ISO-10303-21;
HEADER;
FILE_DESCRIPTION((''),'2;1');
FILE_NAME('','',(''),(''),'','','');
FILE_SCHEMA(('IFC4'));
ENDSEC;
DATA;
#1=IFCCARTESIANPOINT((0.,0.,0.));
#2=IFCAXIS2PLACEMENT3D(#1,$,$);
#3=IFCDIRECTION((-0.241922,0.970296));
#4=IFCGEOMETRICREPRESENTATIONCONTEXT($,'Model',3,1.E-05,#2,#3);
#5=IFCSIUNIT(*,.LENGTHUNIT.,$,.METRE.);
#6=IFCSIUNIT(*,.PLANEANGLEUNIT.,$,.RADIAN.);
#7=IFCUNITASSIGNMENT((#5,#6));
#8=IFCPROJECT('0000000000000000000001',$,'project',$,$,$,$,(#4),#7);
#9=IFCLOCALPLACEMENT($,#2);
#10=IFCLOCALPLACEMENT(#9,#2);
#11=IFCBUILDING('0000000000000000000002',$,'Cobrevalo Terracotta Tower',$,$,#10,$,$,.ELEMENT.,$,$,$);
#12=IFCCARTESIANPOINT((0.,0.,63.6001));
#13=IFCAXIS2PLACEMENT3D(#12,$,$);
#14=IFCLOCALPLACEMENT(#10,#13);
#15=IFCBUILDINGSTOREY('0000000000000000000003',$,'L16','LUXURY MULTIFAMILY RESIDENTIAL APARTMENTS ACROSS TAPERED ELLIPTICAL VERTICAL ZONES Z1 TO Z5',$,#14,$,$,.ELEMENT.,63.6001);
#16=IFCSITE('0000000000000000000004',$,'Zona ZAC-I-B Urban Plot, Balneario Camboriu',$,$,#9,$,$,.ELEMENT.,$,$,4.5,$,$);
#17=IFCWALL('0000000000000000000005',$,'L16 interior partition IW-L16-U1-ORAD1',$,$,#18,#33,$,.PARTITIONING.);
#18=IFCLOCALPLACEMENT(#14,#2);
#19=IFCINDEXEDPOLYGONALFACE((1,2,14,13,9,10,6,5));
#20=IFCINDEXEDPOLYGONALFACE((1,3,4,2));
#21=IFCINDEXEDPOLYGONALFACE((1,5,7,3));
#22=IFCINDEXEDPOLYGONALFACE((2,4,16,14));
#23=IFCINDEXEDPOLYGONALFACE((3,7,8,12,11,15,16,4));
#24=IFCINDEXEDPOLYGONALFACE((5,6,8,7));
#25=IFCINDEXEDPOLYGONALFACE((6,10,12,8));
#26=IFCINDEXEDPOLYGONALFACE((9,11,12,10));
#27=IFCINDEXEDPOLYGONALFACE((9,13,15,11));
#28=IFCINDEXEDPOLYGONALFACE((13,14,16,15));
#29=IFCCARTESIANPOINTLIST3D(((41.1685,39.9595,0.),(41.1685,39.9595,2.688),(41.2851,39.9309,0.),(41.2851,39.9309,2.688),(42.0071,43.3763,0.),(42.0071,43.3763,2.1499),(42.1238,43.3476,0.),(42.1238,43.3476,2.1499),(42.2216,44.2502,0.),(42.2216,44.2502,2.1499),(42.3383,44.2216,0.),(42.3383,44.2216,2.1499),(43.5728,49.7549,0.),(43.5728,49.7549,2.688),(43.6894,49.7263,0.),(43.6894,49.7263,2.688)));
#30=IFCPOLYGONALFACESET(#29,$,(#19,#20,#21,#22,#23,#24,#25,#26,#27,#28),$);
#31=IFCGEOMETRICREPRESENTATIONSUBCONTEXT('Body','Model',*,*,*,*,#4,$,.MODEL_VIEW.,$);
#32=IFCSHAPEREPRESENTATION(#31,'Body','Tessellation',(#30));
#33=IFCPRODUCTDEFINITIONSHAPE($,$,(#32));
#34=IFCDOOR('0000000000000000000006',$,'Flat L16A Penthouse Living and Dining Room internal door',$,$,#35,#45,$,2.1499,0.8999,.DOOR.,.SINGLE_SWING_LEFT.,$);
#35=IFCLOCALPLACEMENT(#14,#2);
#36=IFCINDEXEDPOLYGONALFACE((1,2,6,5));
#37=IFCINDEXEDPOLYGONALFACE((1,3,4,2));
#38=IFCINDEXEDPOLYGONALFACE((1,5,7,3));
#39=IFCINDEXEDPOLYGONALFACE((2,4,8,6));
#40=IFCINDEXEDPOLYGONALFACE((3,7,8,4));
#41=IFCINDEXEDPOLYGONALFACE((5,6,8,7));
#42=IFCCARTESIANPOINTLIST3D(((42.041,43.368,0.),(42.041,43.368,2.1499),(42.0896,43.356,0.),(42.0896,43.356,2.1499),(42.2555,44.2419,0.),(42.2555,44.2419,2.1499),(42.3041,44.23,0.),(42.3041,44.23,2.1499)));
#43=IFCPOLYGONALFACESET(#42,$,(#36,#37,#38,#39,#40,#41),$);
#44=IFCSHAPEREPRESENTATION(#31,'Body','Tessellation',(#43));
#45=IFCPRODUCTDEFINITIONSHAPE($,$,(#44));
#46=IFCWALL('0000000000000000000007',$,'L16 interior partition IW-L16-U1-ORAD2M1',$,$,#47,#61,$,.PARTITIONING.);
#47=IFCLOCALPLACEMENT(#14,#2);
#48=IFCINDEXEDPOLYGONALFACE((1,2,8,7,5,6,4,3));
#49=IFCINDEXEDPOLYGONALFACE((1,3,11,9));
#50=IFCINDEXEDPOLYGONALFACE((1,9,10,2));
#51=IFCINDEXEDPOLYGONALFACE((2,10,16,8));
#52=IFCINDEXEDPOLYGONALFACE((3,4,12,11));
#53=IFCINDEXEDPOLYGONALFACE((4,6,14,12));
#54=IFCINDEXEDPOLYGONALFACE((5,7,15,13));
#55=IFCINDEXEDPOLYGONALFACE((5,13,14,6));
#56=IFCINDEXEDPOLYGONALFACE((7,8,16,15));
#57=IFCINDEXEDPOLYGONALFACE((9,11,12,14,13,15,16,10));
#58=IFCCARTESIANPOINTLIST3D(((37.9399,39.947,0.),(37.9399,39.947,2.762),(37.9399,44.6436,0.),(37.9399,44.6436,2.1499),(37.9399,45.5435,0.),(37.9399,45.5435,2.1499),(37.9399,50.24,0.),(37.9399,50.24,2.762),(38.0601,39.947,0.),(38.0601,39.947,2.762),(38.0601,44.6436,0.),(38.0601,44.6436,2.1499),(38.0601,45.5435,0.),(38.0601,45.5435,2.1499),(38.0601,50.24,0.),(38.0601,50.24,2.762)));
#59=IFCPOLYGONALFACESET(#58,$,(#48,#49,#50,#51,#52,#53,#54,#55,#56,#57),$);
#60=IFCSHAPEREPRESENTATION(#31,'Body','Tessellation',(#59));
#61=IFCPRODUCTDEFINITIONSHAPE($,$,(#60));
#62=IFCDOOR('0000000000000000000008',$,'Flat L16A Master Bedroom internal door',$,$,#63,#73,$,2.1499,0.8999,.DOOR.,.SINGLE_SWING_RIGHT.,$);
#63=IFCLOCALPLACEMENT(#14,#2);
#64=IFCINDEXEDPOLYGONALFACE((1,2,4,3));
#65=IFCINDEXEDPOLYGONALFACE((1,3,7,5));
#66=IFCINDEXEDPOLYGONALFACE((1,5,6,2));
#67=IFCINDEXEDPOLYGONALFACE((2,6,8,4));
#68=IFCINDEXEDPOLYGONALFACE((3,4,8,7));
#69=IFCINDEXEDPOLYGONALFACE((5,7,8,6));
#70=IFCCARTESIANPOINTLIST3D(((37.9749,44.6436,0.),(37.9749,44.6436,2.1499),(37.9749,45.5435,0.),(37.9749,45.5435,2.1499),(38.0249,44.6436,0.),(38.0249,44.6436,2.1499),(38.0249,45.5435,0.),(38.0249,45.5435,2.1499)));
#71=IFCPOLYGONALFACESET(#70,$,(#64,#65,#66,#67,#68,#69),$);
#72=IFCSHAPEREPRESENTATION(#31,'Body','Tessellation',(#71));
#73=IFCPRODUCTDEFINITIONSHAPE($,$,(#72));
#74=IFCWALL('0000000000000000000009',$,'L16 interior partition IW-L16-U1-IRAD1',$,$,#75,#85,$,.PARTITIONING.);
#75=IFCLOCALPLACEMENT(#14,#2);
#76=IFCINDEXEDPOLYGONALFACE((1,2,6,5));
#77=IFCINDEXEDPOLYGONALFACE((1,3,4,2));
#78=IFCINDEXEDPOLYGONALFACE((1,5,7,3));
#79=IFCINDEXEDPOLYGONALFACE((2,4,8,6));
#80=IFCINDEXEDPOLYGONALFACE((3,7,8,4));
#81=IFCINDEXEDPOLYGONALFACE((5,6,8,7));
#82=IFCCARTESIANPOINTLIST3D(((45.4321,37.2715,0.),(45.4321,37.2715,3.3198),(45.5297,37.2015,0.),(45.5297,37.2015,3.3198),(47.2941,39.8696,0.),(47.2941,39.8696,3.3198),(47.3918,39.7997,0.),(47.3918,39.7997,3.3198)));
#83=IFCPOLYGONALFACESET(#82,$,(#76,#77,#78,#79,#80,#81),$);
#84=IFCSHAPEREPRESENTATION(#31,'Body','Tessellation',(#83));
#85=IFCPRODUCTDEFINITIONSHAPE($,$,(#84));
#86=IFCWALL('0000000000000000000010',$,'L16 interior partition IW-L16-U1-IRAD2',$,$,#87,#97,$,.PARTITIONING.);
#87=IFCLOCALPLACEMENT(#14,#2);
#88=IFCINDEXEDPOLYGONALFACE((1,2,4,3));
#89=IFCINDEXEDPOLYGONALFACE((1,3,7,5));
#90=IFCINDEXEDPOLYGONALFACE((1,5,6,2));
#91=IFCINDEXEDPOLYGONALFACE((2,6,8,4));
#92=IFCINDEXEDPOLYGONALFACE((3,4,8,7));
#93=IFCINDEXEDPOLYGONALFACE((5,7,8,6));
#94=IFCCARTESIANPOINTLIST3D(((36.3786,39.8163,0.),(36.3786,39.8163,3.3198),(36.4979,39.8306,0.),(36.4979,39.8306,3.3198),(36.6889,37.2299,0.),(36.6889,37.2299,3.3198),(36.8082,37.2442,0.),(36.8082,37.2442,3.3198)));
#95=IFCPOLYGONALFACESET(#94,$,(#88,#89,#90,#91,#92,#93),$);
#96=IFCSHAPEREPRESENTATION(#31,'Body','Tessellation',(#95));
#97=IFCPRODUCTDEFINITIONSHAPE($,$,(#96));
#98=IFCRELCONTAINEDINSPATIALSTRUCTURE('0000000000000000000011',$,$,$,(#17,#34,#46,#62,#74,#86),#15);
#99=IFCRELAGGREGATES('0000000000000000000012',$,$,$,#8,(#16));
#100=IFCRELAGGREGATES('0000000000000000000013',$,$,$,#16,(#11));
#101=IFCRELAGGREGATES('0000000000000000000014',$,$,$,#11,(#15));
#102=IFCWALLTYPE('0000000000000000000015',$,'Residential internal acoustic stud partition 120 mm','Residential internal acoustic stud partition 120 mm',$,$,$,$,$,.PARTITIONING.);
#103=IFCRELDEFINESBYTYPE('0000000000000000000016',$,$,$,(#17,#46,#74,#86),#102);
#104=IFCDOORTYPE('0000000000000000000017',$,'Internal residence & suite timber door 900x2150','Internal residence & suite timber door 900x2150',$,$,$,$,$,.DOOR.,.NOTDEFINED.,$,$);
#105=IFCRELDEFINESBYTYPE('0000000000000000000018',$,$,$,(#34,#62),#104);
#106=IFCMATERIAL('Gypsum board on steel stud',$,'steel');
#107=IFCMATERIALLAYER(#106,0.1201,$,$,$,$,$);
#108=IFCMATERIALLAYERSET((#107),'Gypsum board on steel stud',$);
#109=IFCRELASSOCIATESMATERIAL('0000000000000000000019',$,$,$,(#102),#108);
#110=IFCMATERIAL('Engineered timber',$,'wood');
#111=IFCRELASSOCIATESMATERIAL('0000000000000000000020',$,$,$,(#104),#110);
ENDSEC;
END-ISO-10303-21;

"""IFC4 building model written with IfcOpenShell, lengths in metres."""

from ifc_helpers import new_model, si_unit, direction, frame, frame_2d, origin, place, context, subcontext, project, spatial, rectangle, extrude, source, transform, mapped, material, layer, layer_set, type_object, element, fill, save


model = new_model("IFC4")

# Units and contexts
model_context = context("Model", 3, precision=1e-05, world=origin(), true_north=direction((-0.241922, 0.970296)))
body_context = subcontext(model_context, "Body", "Model", "MODEL_VIEW")
ifc_project = project(units=[si_unit("LENGTHUNIT", "METRE"), si_unit("PLANEANGLEUNIT", "RADIAN")], contexts=[model_context])

# Site, building, storey
site_placement = place(None, origin())
site = spatial("IfcSite", under=ifc_project, at=site_placement, Name="Zona ZAC-I-B Urban Plot, Balneario Camboriu", CompositionType="ELEMENT", RefElevation=4.5)
building_placement = place(site_placement, origin())
building = spatial("IfcBuilding", under=site, at=building_placement, Name="Cobrevalo Terracotta Tower", CompositionType="ELEMENT")
storey_placement = place(building_placement, frame((0.0, 0.0, 63.6001)))
storey = spatial("IfcBuildingStorey", under=building, at=storey_placement, Name="L16", Description="LUXURY MULTIFAMILY RESIDENTIAL APARTMENTS ACROSS TAPERED ELLIPTICAL VERTICAL ZONES Z1 TO Z5", CompositionType="ELEMENT", Elevation=63.6001)

# Walls, openings, doors
ifc_material_1 = material(Name="Gypsum board on steel stud", Category="steel")
ifc_layer_1 = layer(ifc_material_1, 0.1201)
ifc_layer_set_1 = layer_set([ifc_layer_1], Name="Gypsum board on steel stud")
wall_type = type_object("IfcWallType", Name="Residential internal acoustic stud partition 120 mm", Description="Residential internal acoustic stud partition 120 mm", PredefinedType="PARTITIONING", material=ifc_layer_set_1)
wall_1_placement = place(storey_placement, frame((41.2268, 39.9453, 0.0), z_axis=(0.0, 0.0, 1.0), x_axis=(0.238376, 0.971173, 0.0)))
wall_1 = element("IfcWall", 1, at=wall_1_placement, inside=storey, type_object=wall_type, Name="L16 interior partition IW-L16-U1-ORAD1", PredefinedType="PARTITIONING", context=body_context, shape_type="SweptSolid", body=[
    extrude(rectangle(XDim=10.0862, YDim=0.1201, at=frame_2d((5.043, 0.0))), origin(), (0.0, 0.0, 1.0), 2.688),
])
opening_1_placement = place(wall_1_placement, frame((3.5181, 0.0, 0.0)))
opening_1 = element("IfcOpeningElement", 2, at=opening_1_placement, cuts=wall_1, PredefinedType="OPENING", context=body_context, shape_type="SweptSolid", body=[
    extrude(rectangle(XDim=0.8999, YDim=2.1499, at=frame_2d((0.45, 1.075))), frame((0.0, 0.0701, 0.0), z_axis=(0.0, -1.0, 0.0), x_axis=(1.0, 0.0, 0.0)), (0.0, 0.0, 1.0), 0.1401),
])
ifc_material_2 = material(Name="Engineered timber", Category="wood")
door_type = type_object("IfcDoorType", Name="Internal residence & suite timber door 900x2150", Description="Internal residence & suite timber door 900x2150", OperationType="NOTDEFINED", PredefinedType="DOOR", material=ifc_material_2)
shared_shape_1 = source(origin(), body_context, "Body", "SweptSolid", [
    extrude(rectangle(XDim=0.8999, YDim=2.1499, at=frame_2d((0.45, 1.075))), frame((0.0, 0.0249, 0.0), z_axis=(0.0, -1.0, 0.0), x_axis=(1.0, 0.0, 0.0)), (0.0, 0.0, 1.0), 0.05),
])
door_1_placement = place(opening_1_placement, frame((0.8999, 0.0, 0.0), z_axis=(0.0, 0.0, 1.0), x_axis=(-1.0, 0.0, 0.0)))
door_1 = element("IfcDoor", 3, at=door_1_placement, inside=storey, type_object=door_type, Name="Flat L16A Penthouse Living and Dining Room internal door", OperationType="SINGLE_SWING_LEFT", OverallHeight=2.1499, OverallWidth=0.8999, PredefinedType="DOOR", context=body_context, shape_type="MappedRepresentation", body=[
    mapped(shared_shape_1, transform((0.0, 0.0, 0.0), scale=1.0)),
])
fill(opening_1, door_1)
wall_2_placement = place(storey_placement, frame((38.0, 39.947, 0.0), z_axis=(0.0, 0.0, 1.0), x_axis=(0.0, 1.0, 0.0)))
wall_2 = element("IfcWall", 4, at=wall_2_placement, inside=storey, type_object=wall_type, Name="L16 interior partition IW-L16-U1-ORAD2M1", PredefinedType="PARTITIONING", context=body_context, shape_type="SweptSolid", body=[
    extrude(rectangle(XDim=10.293, YDim=0.1201, at=frame_2d((5.1465, 0.0))), origin(), (0.0, 0.0, 1.0), 2.762),
])
opening_2_placement = place(wall_2_placement, frame((4.6965, 0.0, 0.0)))
opening_2 = element("IfcOpeningElement", 5, at=opening_2_placement, cuts=wall_2, PredefinedType="OPENING", context=body_context, shape_type="SweptSolid", body=[
    extrude(rectangle(XDim=0.8999, YDim=2.1499, at=frame_2d((0.45, 1.075))), frame((0.0, 0.0701, 0.0), z_axis=(0.0, -1.0, 0.0), x_axis=(1.0, 0.0, 0.0)), (0.0, 0.0, 1.0), 0.1401),
])
door_2_placement = place(opening_2_placement, frame((0.8999, 0.0, 0.0), z_axis=(0.0, 0.0, 1.0), x_axis=(-1.0, 0.0, 0.0)))
door_2 = element("IfcDoor", 6, at=door_2_placement, inside=storey, type_object=door_type, Name="Flat L16A Master Bedroom internal door", OperationType="SINGLE_SWING_RIGHT", OverallHeight=2.1499, OverallWidth=0.8999, PredefinedType="DOOR", context=body_context, shape_type="MappedRepresentation", body=[
    mapped(shared_shape_1, transform((0.0, 0.0, 0.0), scale=1.0)),
])
fill(opening_2, door_2)

# Walls
wall_3_placement = place(storey_placement, frame((45.481, 37.2366, 0.0), z_axis=(0.0, 0.0, 1.0), x_axis=(0.582531, 0.812809, 0.0)))
element("IfcWall", 7, at=wall_3_placement, inside=storey, type_object=wall_type, Name="L16 interior partition IW-L16-U1-IRAD1", PredefinedType="PARTITIONING", context=body_context, shape_type="SweptSolid", body=[
    extrude(rectangle(XDim=3.1965, YDim=0.1201, at=frame_2d((1.5981, 0.0))), origin(), (0.0, 0.0, 1.0), 3.3198),
])
wall_4_placement = place(storey_placement, frame((36.7485, 37.2371, 0.0), z_axis=(0.0, 0.0, 1.0), x_axis=(-0.119119, 0.99288, 0.0)))
element("IfcWall", 8, at=wall_4_placement, inside=storey, type_object=wall_type, Name="L16 interior partition IW-L16-U1-IRAD2", PredefinedType="PARTITIONING", context=body_context, shape_type="SweptSolid", body=[
    extrude(rectangle(XDim=2.605, YDim=0.1201, at=frame_2d((1.3025, 0.0))), origin(), (0.0, 0.0, 1.0), 3.3198),
])

save(model, "model.ifc")
